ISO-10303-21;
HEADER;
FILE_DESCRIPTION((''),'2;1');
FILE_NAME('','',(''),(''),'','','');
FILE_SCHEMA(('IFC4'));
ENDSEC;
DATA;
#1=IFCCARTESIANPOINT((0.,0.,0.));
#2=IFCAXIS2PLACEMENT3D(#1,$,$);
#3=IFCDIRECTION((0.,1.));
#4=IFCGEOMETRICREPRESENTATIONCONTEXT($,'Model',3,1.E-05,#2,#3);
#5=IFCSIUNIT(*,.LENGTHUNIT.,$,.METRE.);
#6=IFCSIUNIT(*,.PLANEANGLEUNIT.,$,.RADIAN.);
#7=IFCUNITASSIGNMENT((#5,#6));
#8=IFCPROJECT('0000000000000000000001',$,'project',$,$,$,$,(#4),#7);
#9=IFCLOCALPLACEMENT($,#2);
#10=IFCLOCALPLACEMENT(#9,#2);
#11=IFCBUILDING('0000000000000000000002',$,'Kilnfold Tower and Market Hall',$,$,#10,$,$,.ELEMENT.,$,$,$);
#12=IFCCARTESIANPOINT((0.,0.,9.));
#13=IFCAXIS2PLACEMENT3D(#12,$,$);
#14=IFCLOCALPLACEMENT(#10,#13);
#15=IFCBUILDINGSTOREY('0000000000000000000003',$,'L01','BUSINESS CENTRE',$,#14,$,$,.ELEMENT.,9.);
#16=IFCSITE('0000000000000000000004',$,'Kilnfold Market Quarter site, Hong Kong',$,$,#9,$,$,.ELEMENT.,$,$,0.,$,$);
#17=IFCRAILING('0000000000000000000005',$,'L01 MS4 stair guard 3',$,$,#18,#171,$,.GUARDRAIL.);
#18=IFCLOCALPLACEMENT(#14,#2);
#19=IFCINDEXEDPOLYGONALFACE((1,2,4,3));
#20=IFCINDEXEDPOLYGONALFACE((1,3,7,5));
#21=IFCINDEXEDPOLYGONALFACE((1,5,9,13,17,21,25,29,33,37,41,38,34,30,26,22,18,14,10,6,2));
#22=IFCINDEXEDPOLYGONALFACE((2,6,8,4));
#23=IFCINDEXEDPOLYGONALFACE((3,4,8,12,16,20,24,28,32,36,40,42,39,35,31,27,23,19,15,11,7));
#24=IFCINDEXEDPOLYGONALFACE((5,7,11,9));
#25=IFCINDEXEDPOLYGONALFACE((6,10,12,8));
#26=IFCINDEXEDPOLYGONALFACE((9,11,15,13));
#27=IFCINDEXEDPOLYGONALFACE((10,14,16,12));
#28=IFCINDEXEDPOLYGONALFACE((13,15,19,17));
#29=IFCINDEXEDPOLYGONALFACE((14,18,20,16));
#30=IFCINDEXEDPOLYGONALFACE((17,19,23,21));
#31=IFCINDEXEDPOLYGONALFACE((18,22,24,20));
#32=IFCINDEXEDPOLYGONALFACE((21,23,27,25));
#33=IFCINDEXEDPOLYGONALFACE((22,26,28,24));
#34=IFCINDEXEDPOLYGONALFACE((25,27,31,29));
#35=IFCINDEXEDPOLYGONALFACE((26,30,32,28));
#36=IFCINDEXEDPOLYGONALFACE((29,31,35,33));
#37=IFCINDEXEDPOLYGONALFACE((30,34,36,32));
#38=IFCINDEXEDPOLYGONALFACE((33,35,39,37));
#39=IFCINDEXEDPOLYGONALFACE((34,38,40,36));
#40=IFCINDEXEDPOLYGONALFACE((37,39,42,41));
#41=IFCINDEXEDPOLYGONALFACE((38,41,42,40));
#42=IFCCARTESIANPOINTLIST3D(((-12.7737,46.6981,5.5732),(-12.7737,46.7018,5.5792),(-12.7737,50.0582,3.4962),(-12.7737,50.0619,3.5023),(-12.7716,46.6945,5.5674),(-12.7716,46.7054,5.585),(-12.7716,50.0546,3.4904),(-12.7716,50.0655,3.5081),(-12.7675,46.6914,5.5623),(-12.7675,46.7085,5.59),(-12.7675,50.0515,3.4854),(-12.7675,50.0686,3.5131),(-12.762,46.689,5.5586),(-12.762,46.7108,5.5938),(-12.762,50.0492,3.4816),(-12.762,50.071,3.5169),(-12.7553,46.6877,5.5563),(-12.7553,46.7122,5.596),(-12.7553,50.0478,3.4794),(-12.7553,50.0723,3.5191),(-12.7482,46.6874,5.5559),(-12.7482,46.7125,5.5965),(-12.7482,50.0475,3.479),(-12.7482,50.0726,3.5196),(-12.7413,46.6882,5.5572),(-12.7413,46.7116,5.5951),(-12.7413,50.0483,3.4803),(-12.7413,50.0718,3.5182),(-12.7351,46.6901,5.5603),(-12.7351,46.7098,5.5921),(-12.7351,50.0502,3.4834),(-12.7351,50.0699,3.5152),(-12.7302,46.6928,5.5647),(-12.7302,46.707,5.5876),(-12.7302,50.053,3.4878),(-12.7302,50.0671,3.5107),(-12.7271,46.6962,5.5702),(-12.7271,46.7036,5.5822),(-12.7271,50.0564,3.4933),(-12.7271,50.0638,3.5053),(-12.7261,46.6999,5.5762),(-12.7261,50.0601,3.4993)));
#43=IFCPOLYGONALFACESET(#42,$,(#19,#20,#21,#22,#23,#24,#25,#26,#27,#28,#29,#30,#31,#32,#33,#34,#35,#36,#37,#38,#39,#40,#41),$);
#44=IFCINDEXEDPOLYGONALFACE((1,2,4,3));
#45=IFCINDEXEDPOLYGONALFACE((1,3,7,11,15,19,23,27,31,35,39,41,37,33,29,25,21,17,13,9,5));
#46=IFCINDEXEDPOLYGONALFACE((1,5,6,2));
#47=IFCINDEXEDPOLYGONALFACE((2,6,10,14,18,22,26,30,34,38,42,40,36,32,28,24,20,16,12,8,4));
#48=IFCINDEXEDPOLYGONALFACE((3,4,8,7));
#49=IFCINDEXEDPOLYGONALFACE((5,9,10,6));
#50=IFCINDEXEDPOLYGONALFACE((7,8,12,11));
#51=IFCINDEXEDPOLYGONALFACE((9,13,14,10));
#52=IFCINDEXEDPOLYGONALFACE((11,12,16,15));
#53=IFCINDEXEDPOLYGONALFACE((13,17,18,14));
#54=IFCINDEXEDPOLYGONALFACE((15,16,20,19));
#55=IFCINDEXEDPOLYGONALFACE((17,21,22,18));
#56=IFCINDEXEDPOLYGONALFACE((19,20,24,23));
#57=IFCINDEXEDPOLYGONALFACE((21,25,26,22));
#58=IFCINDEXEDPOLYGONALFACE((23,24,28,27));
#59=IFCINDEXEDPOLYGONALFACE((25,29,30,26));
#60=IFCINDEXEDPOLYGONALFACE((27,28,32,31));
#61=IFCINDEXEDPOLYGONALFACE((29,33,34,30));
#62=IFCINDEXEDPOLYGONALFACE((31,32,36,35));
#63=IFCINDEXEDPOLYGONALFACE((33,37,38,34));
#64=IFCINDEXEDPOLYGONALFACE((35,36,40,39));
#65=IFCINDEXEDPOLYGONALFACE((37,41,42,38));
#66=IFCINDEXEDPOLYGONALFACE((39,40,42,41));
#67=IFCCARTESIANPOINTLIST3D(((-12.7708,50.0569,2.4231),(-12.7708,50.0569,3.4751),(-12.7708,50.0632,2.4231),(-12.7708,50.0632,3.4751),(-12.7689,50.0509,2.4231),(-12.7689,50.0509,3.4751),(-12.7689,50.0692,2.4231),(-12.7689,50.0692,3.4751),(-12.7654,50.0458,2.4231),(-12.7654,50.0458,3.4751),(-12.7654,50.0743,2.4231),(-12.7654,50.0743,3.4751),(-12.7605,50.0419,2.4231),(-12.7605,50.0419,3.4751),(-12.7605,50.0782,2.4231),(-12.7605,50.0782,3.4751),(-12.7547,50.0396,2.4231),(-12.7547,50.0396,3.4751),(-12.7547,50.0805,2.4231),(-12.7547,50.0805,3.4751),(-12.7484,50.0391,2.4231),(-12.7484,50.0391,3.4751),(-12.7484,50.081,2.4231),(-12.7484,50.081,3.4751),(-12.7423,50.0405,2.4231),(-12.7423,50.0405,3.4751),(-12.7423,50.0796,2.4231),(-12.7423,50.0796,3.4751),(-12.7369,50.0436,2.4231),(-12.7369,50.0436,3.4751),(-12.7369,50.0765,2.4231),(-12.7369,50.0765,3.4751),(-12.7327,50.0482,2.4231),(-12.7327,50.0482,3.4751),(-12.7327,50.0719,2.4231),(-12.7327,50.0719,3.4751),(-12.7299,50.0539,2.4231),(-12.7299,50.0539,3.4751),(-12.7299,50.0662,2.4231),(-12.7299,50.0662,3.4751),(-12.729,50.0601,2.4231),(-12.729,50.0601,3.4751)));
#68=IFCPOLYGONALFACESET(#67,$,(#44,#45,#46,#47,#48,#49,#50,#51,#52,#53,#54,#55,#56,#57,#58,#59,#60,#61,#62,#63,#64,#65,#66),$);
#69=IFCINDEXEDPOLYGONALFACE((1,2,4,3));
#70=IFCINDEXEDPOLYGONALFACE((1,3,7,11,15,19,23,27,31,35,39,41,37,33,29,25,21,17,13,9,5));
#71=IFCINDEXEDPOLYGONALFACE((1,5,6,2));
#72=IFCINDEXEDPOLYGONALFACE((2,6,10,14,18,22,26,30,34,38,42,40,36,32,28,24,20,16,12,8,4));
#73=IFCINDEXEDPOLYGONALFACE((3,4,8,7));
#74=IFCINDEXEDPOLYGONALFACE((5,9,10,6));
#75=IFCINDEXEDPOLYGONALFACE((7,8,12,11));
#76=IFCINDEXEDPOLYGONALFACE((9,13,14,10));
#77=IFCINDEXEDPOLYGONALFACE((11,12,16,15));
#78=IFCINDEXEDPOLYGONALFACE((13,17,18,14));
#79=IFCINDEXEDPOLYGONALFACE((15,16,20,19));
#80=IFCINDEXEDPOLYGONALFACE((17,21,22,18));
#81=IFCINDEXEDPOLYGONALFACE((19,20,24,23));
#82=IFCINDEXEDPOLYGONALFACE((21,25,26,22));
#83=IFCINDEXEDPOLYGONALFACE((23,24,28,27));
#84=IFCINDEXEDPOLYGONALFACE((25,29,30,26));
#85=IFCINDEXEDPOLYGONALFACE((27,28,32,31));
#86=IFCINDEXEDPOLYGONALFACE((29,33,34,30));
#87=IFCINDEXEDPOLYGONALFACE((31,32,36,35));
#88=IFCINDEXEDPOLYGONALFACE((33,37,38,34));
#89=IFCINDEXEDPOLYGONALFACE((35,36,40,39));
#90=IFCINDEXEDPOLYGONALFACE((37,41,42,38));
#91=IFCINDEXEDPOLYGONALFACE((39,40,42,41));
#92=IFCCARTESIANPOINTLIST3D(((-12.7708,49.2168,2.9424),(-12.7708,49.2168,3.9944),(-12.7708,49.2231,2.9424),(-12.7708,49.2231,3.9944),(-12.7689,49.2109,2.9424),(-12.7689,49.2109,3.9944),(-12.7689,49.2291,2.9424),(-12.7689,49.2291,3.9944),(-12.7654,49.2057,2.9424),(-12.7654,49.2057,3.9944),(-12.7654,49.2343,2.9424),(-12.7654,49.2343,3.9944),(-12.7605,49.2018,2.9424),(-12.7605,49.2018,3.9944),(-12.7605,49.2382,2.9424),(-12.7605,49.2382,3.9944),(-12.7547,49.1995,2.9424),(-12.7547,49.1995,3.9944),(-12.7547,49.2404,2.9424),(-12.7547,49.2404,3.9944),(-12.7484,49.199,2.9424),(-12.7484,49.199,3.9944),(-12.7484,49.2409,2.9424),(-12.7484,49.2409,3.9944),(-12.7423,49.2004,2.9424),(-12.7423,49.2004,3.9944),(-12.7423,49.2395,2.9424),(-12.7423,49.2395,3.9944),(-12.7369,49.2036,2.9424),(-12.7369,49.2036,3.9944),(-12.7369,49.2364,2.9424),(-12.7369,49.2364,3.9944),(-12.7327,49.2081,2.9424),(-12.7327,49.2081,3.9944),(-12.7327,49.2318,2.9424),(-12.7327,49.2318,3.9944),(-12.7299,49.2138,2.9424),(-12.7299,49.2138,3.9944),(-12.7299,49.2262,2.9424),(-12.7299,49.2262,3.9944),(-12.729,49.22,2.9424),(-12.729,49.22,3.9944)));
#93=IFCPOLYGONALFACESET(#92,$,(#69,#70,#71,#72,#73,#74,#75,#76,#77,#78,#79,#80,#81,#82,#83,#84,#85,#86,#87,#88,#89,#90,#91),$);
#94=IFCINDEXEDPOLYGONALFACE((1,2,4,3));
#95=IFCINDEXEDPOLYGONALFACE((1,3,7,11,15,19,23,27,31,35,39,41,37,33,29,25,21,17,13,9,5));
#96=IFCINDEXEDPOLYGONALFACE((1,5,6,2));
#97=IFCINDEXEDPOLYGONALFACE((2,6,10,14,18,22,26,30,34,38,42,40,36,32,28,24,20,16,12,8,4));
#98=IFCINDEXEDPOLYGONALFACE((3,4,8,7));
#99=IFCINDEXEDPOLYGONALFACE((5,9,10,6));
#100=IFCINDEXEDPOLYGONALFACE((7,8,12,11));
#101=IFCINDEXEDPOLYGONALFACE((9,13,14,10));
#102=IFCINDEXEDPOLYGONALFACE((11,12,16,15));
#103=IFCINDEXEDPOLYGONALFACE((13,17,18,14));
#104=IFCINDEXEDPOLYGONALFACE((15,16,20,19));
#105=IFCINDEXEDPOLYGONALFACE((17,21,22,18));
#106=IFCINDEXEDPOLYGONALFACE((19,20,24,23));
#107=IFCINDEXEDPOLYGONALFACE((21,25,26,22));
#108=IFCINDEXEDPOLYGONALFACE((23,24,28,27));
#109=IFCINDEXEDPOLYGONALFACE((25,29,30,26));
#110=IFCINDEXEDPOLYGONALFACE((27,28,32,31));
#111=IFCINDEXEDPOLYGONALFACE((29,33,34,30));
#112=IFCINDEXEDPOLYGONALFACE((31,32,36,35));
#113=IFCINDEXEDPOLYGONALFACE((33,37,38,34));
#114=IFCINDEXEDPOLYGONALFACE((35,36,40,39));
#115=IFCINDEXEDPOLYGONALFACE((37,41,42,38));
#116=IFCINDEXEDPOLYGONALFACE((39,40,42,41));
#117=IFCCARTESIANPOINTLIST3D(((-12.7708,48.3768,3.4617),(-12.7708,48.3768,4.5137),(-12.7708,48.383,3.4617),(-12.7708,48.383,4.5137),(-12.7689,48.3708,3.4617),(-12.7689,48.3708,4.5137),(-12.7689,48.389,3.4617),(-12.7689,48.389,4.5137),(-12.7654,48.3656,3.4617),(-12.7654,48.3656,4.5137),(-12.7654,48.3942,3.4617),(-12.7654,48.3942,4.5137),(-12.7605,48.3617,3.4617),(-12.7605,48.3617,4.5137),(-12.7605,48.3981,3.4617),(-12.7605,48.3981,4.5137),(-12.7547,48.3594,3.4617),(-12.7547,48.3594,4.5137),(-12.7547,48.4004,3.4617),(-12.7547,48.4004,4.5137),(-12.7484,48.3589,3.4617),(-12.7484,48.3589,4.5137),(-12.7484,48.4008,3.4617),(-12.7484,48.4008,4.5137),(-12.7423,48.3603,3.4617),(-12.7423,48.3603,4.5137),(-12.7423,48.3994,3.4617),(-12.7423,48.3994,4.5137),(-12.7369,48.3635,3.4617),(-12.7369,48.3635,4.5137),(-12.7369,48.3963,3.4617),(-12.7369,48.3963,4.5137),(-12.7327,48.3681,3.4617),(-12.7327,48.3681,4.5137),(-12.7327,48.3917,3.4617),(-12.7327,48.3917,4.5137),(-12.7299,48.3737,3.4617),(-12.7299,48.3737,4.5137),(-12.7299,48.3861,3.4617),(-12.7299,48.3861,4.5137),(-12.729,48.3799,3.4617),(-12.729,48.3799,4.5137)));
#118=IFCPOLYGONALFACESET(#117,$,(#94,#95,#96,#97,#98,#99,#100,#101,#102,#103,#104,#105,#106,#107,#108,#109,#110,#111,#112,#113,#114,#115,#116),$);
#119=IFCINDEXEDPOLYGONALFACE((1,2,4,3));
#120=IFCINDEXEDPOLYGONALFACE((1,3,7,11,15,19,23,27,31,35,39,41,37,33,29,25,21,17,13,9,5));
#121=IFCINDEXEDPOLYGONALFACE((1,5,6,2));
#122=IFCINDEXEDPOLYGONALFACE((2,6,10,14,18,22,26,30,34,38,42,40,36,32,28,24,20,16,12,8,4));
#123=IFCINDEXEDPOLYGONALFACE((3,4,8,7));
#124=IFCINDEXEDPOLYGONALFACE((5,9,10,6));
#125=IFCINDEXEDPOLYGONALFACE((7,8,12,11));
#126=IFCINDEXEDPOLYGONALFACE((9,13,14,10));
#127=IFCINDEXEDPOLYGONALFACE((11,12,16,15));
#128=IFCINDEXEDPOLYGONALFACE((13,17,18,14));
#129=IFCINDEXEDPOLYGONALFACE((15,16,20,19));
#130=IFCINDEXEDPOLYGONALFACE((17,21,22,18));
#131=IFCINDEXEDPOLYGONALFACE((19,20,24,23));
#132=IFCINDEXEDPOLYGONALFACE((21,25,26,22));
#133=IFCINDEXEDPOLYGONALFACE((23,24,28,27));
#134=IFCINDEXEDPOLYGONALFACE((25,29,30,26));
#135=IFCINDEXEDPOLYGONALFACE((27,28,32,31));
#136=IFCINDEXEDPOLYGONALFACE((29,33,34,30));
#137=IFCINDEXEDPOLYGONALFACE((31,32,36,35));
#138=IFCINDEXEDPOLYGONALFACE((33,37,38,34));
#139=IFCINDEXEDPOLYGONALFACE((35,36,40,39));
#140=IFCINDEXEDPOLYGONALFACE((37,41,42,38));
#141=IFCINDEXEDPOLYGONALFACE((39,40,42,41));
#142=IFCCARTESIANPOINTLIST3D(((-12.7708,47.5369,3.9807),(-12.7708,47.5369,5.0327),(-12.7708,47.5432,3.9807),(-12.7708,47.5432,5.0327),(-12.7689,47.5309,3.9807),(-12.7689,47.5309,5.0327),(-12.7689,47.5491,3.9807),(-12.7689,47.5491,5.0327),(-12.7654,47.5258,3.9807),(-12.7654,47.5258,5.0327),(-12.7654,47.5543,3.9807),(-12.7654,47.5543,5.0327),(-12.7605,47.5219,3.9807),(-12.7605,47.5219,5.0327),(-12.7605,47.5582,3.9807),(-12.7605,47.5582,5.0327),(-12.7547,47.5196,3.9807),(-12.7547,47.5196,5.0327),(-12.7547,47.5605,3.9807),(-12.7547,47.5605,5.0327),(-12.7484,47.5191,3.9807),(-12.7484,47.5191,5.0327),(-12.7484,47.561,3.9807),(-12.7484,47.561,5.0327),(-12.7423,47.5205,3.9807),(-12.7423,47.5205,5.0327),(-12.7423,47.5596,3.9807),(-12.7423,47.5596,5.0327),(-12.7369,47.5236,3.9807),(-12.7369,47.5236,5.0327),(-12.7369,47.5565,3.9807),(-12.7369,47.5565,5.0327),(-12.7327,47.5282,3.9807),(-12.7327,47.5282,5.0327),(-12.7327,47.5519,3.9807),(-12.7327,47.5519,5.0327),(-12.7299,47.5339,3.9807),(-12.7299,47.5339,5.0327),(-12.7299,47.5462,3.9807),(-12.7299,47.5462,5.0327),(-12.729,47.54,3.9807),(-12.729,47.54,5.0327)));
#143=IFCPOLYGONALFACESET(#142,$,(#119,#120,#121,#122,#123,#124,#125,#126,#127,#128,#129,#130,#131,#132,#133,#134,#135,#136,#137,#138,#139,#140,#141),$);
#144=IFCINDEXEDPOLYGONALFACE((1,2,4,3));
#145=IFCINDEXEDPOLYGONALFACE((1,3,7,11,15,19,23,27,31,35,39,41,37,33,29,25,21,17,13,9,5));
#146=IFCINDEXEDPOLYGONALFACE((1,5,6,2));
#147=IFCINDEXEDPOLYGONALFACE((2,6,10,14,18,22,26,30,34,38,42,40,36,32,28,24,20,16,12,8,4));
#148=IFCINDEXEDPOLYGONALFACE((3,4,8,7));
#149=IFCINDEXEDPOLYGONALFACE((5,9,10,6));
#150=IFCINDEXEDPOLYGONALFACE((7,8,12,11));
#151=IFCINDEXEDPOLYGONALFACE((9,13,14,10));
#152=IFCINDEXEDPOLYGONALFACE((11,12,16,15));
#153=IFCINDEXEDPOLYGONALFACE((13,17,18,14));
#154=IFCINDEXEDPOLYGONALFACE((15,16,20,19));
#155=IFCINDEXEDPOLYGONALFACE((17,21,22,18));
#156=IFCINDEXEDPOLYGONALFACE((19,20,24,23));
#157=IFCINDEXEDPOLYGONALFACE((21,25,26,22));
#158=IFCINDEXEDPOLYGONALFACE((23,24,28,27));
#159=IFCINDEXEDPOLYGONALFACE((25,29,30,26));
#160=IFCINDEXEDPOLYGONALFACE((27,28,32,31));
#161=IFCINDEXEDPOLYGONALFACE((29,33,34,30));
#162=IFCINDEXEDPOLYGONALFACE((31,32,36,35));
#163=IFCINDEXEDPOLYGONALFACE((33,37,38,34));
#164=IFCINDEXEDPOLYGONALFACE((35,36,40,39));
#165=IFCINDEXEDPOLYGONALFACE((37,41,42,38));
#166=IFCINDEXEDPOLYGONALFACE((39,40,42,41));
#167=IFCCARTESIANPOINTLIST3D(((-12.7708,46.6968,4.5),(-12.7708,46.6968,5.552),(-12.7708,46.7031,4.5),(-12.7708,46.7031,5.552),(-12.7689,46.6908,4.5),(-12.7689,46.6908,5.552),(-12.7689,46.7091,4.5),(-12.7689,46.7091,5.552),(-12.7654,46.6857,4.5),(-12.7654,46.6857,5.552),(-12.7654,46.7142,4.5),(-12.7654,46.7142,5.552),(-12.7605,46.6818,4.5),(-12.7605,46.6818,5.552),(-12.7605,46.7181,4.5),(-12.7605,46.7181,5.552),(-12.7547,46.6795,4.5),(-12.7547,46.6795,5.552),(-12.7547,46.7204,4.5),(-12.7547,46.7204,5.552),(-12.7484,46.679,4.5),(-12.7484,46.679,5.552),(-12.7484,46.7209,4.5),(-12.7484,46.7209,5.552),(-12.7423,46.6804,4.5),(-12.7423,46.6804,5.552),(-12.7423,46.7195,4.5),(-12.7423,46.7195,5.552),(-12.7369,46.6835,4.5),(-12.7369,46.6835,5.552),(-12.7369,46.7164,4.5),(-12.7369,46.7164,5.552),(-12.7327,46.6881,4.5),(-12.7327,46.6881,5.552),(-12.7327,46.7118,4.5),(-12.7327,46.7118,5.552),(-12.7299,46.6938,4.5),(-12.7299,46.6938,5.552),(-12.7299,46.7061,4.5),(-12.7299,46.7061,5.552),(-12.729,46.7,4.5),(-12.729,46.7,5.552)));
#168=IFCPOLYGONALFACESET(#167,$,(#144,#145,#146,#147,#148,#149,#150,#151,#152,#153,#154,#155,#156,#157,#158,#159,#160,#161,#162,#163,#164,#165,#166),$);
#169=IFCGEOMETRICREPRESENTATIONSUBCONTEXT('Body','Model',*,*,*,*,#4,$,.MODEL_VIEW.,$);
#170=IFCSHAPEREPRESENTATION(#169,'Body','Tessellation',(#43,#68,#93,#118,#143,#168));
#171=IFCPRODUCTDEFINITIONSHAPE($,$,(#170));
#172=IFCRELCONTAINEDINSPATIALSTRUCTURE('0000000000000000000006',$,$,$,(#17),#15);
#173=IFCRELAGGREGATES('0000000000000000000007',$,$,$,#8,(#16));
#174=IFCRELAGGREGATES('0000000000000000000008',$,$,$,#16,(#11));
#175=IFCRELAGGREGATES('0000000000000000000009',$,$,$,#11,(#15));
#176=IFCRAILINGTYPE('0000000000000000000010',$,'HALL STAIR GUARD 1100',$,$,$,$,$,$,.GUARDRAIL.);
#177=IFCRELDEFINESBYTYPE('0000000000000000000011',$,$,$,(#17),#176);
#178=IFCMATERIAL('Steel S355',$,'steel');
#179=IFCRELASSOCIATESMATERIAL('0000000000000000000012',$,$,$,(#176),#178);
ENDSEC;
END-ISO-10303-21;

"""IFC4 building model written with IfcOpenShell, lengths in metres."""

from ifc_helpers import new_model, si_unit, direction, frame, origin, origin_2d, place, context, subcontext, project, spatial, circle, extrude, material, type_object, element, save


model = new_model("IFC4")

# Units and contexts
model_context = context("Model", 3, precision=1e-05, world=origin(), true_north=direction((0.0, 1.0)))
body_context = subcontext(model_context, "Body", "Model", "MODEL_VIEW")
ifc_project = project(units=[si_unit("LENGTHUNIT", "METRE"), si_unit("PLANEANGLEUNIT", "RADIAN")], contexts=[model_context])

# Site, building, storey
site_placement = place(None, origin())
site = spatial("IfcSite", under=ifc_project, at=site_placement, Name="Kilnfold Market Quarter site, Hong Kong", CompositionType="ELEMENT", RefElevation=0.0)
building_placement = place(site_placement, origin())
building = spatial("IfcBuilding", under=site, at=building_placement, Name="Kilnfold Tower and Market Hall", CompositionType="ELEMENT")
storey_placement = place(building_placement, frame((0.0, 0.0, 9.0)))
storey = spatial("IfcBuildingStorey", under=building, at=storey_placement, Name="L01", Description="BUSINESS CENTRE", CompositionType="ELEMENT", Elevation=9.0)

# Railing
ifc_material_1 = material(Name="Steel S355", Category="steel")
railing_type_1 = type_object("IfcRailingType", Name="HALL STAIR GUARD 1100", PredefinedType="GUARDRAIL", material=ifc_material_1)
railing_1_placement = place(storey_placement, frame((-12.75, 50.0601, 2.4231)))
element("IfcRailing", 1, at=railing_1_placement, inside=storey, type_object=railing_type_1, Name="L01 MS4 stair guard 3", PredefinedType="GUARDRAIL", context=body_context, shape_type="SweptSolid", body=[
    extrude(circle(Radius=0.0239, at=origin_2d()), frame((0.0, 0.0, 1.0762), z_axis=(0.0, -0.850623, 0.525776), x_axis=(1.0, 0.0, 0.0)), (0.0, 0.0, 1.0), 3.9502),
    extrude(circle(Radius=0.021, at=origin_2d()), origin(), (0.0, 0.0, 1.0), 1.052),
    extrude(circle(Radius=0.021, at=origin_2d()), frame((0.0, -0.8401, 0.5193)), (0.0, 0.0, 1.0), 1.052),
    extrude(circle(Radius=0.021, at=origin_2d()), frame((0.0, -1.6802, 1.0386)), (0.0, 0.0, 1.0), 1.052),
    extrude(circle(Radius=0.021, at=origin_2d()), frame((0.0, -2.52, 1.5576)), (0.0, 0.0, 1.0), 1.052),
    extrude(circle(Radius=0.021, at=origin_2d()), frame((0.0, -3.3601, 2.0769)), (0.0, 0.0, 1.0), 1.052),
])

save(model, "model.ifc")
